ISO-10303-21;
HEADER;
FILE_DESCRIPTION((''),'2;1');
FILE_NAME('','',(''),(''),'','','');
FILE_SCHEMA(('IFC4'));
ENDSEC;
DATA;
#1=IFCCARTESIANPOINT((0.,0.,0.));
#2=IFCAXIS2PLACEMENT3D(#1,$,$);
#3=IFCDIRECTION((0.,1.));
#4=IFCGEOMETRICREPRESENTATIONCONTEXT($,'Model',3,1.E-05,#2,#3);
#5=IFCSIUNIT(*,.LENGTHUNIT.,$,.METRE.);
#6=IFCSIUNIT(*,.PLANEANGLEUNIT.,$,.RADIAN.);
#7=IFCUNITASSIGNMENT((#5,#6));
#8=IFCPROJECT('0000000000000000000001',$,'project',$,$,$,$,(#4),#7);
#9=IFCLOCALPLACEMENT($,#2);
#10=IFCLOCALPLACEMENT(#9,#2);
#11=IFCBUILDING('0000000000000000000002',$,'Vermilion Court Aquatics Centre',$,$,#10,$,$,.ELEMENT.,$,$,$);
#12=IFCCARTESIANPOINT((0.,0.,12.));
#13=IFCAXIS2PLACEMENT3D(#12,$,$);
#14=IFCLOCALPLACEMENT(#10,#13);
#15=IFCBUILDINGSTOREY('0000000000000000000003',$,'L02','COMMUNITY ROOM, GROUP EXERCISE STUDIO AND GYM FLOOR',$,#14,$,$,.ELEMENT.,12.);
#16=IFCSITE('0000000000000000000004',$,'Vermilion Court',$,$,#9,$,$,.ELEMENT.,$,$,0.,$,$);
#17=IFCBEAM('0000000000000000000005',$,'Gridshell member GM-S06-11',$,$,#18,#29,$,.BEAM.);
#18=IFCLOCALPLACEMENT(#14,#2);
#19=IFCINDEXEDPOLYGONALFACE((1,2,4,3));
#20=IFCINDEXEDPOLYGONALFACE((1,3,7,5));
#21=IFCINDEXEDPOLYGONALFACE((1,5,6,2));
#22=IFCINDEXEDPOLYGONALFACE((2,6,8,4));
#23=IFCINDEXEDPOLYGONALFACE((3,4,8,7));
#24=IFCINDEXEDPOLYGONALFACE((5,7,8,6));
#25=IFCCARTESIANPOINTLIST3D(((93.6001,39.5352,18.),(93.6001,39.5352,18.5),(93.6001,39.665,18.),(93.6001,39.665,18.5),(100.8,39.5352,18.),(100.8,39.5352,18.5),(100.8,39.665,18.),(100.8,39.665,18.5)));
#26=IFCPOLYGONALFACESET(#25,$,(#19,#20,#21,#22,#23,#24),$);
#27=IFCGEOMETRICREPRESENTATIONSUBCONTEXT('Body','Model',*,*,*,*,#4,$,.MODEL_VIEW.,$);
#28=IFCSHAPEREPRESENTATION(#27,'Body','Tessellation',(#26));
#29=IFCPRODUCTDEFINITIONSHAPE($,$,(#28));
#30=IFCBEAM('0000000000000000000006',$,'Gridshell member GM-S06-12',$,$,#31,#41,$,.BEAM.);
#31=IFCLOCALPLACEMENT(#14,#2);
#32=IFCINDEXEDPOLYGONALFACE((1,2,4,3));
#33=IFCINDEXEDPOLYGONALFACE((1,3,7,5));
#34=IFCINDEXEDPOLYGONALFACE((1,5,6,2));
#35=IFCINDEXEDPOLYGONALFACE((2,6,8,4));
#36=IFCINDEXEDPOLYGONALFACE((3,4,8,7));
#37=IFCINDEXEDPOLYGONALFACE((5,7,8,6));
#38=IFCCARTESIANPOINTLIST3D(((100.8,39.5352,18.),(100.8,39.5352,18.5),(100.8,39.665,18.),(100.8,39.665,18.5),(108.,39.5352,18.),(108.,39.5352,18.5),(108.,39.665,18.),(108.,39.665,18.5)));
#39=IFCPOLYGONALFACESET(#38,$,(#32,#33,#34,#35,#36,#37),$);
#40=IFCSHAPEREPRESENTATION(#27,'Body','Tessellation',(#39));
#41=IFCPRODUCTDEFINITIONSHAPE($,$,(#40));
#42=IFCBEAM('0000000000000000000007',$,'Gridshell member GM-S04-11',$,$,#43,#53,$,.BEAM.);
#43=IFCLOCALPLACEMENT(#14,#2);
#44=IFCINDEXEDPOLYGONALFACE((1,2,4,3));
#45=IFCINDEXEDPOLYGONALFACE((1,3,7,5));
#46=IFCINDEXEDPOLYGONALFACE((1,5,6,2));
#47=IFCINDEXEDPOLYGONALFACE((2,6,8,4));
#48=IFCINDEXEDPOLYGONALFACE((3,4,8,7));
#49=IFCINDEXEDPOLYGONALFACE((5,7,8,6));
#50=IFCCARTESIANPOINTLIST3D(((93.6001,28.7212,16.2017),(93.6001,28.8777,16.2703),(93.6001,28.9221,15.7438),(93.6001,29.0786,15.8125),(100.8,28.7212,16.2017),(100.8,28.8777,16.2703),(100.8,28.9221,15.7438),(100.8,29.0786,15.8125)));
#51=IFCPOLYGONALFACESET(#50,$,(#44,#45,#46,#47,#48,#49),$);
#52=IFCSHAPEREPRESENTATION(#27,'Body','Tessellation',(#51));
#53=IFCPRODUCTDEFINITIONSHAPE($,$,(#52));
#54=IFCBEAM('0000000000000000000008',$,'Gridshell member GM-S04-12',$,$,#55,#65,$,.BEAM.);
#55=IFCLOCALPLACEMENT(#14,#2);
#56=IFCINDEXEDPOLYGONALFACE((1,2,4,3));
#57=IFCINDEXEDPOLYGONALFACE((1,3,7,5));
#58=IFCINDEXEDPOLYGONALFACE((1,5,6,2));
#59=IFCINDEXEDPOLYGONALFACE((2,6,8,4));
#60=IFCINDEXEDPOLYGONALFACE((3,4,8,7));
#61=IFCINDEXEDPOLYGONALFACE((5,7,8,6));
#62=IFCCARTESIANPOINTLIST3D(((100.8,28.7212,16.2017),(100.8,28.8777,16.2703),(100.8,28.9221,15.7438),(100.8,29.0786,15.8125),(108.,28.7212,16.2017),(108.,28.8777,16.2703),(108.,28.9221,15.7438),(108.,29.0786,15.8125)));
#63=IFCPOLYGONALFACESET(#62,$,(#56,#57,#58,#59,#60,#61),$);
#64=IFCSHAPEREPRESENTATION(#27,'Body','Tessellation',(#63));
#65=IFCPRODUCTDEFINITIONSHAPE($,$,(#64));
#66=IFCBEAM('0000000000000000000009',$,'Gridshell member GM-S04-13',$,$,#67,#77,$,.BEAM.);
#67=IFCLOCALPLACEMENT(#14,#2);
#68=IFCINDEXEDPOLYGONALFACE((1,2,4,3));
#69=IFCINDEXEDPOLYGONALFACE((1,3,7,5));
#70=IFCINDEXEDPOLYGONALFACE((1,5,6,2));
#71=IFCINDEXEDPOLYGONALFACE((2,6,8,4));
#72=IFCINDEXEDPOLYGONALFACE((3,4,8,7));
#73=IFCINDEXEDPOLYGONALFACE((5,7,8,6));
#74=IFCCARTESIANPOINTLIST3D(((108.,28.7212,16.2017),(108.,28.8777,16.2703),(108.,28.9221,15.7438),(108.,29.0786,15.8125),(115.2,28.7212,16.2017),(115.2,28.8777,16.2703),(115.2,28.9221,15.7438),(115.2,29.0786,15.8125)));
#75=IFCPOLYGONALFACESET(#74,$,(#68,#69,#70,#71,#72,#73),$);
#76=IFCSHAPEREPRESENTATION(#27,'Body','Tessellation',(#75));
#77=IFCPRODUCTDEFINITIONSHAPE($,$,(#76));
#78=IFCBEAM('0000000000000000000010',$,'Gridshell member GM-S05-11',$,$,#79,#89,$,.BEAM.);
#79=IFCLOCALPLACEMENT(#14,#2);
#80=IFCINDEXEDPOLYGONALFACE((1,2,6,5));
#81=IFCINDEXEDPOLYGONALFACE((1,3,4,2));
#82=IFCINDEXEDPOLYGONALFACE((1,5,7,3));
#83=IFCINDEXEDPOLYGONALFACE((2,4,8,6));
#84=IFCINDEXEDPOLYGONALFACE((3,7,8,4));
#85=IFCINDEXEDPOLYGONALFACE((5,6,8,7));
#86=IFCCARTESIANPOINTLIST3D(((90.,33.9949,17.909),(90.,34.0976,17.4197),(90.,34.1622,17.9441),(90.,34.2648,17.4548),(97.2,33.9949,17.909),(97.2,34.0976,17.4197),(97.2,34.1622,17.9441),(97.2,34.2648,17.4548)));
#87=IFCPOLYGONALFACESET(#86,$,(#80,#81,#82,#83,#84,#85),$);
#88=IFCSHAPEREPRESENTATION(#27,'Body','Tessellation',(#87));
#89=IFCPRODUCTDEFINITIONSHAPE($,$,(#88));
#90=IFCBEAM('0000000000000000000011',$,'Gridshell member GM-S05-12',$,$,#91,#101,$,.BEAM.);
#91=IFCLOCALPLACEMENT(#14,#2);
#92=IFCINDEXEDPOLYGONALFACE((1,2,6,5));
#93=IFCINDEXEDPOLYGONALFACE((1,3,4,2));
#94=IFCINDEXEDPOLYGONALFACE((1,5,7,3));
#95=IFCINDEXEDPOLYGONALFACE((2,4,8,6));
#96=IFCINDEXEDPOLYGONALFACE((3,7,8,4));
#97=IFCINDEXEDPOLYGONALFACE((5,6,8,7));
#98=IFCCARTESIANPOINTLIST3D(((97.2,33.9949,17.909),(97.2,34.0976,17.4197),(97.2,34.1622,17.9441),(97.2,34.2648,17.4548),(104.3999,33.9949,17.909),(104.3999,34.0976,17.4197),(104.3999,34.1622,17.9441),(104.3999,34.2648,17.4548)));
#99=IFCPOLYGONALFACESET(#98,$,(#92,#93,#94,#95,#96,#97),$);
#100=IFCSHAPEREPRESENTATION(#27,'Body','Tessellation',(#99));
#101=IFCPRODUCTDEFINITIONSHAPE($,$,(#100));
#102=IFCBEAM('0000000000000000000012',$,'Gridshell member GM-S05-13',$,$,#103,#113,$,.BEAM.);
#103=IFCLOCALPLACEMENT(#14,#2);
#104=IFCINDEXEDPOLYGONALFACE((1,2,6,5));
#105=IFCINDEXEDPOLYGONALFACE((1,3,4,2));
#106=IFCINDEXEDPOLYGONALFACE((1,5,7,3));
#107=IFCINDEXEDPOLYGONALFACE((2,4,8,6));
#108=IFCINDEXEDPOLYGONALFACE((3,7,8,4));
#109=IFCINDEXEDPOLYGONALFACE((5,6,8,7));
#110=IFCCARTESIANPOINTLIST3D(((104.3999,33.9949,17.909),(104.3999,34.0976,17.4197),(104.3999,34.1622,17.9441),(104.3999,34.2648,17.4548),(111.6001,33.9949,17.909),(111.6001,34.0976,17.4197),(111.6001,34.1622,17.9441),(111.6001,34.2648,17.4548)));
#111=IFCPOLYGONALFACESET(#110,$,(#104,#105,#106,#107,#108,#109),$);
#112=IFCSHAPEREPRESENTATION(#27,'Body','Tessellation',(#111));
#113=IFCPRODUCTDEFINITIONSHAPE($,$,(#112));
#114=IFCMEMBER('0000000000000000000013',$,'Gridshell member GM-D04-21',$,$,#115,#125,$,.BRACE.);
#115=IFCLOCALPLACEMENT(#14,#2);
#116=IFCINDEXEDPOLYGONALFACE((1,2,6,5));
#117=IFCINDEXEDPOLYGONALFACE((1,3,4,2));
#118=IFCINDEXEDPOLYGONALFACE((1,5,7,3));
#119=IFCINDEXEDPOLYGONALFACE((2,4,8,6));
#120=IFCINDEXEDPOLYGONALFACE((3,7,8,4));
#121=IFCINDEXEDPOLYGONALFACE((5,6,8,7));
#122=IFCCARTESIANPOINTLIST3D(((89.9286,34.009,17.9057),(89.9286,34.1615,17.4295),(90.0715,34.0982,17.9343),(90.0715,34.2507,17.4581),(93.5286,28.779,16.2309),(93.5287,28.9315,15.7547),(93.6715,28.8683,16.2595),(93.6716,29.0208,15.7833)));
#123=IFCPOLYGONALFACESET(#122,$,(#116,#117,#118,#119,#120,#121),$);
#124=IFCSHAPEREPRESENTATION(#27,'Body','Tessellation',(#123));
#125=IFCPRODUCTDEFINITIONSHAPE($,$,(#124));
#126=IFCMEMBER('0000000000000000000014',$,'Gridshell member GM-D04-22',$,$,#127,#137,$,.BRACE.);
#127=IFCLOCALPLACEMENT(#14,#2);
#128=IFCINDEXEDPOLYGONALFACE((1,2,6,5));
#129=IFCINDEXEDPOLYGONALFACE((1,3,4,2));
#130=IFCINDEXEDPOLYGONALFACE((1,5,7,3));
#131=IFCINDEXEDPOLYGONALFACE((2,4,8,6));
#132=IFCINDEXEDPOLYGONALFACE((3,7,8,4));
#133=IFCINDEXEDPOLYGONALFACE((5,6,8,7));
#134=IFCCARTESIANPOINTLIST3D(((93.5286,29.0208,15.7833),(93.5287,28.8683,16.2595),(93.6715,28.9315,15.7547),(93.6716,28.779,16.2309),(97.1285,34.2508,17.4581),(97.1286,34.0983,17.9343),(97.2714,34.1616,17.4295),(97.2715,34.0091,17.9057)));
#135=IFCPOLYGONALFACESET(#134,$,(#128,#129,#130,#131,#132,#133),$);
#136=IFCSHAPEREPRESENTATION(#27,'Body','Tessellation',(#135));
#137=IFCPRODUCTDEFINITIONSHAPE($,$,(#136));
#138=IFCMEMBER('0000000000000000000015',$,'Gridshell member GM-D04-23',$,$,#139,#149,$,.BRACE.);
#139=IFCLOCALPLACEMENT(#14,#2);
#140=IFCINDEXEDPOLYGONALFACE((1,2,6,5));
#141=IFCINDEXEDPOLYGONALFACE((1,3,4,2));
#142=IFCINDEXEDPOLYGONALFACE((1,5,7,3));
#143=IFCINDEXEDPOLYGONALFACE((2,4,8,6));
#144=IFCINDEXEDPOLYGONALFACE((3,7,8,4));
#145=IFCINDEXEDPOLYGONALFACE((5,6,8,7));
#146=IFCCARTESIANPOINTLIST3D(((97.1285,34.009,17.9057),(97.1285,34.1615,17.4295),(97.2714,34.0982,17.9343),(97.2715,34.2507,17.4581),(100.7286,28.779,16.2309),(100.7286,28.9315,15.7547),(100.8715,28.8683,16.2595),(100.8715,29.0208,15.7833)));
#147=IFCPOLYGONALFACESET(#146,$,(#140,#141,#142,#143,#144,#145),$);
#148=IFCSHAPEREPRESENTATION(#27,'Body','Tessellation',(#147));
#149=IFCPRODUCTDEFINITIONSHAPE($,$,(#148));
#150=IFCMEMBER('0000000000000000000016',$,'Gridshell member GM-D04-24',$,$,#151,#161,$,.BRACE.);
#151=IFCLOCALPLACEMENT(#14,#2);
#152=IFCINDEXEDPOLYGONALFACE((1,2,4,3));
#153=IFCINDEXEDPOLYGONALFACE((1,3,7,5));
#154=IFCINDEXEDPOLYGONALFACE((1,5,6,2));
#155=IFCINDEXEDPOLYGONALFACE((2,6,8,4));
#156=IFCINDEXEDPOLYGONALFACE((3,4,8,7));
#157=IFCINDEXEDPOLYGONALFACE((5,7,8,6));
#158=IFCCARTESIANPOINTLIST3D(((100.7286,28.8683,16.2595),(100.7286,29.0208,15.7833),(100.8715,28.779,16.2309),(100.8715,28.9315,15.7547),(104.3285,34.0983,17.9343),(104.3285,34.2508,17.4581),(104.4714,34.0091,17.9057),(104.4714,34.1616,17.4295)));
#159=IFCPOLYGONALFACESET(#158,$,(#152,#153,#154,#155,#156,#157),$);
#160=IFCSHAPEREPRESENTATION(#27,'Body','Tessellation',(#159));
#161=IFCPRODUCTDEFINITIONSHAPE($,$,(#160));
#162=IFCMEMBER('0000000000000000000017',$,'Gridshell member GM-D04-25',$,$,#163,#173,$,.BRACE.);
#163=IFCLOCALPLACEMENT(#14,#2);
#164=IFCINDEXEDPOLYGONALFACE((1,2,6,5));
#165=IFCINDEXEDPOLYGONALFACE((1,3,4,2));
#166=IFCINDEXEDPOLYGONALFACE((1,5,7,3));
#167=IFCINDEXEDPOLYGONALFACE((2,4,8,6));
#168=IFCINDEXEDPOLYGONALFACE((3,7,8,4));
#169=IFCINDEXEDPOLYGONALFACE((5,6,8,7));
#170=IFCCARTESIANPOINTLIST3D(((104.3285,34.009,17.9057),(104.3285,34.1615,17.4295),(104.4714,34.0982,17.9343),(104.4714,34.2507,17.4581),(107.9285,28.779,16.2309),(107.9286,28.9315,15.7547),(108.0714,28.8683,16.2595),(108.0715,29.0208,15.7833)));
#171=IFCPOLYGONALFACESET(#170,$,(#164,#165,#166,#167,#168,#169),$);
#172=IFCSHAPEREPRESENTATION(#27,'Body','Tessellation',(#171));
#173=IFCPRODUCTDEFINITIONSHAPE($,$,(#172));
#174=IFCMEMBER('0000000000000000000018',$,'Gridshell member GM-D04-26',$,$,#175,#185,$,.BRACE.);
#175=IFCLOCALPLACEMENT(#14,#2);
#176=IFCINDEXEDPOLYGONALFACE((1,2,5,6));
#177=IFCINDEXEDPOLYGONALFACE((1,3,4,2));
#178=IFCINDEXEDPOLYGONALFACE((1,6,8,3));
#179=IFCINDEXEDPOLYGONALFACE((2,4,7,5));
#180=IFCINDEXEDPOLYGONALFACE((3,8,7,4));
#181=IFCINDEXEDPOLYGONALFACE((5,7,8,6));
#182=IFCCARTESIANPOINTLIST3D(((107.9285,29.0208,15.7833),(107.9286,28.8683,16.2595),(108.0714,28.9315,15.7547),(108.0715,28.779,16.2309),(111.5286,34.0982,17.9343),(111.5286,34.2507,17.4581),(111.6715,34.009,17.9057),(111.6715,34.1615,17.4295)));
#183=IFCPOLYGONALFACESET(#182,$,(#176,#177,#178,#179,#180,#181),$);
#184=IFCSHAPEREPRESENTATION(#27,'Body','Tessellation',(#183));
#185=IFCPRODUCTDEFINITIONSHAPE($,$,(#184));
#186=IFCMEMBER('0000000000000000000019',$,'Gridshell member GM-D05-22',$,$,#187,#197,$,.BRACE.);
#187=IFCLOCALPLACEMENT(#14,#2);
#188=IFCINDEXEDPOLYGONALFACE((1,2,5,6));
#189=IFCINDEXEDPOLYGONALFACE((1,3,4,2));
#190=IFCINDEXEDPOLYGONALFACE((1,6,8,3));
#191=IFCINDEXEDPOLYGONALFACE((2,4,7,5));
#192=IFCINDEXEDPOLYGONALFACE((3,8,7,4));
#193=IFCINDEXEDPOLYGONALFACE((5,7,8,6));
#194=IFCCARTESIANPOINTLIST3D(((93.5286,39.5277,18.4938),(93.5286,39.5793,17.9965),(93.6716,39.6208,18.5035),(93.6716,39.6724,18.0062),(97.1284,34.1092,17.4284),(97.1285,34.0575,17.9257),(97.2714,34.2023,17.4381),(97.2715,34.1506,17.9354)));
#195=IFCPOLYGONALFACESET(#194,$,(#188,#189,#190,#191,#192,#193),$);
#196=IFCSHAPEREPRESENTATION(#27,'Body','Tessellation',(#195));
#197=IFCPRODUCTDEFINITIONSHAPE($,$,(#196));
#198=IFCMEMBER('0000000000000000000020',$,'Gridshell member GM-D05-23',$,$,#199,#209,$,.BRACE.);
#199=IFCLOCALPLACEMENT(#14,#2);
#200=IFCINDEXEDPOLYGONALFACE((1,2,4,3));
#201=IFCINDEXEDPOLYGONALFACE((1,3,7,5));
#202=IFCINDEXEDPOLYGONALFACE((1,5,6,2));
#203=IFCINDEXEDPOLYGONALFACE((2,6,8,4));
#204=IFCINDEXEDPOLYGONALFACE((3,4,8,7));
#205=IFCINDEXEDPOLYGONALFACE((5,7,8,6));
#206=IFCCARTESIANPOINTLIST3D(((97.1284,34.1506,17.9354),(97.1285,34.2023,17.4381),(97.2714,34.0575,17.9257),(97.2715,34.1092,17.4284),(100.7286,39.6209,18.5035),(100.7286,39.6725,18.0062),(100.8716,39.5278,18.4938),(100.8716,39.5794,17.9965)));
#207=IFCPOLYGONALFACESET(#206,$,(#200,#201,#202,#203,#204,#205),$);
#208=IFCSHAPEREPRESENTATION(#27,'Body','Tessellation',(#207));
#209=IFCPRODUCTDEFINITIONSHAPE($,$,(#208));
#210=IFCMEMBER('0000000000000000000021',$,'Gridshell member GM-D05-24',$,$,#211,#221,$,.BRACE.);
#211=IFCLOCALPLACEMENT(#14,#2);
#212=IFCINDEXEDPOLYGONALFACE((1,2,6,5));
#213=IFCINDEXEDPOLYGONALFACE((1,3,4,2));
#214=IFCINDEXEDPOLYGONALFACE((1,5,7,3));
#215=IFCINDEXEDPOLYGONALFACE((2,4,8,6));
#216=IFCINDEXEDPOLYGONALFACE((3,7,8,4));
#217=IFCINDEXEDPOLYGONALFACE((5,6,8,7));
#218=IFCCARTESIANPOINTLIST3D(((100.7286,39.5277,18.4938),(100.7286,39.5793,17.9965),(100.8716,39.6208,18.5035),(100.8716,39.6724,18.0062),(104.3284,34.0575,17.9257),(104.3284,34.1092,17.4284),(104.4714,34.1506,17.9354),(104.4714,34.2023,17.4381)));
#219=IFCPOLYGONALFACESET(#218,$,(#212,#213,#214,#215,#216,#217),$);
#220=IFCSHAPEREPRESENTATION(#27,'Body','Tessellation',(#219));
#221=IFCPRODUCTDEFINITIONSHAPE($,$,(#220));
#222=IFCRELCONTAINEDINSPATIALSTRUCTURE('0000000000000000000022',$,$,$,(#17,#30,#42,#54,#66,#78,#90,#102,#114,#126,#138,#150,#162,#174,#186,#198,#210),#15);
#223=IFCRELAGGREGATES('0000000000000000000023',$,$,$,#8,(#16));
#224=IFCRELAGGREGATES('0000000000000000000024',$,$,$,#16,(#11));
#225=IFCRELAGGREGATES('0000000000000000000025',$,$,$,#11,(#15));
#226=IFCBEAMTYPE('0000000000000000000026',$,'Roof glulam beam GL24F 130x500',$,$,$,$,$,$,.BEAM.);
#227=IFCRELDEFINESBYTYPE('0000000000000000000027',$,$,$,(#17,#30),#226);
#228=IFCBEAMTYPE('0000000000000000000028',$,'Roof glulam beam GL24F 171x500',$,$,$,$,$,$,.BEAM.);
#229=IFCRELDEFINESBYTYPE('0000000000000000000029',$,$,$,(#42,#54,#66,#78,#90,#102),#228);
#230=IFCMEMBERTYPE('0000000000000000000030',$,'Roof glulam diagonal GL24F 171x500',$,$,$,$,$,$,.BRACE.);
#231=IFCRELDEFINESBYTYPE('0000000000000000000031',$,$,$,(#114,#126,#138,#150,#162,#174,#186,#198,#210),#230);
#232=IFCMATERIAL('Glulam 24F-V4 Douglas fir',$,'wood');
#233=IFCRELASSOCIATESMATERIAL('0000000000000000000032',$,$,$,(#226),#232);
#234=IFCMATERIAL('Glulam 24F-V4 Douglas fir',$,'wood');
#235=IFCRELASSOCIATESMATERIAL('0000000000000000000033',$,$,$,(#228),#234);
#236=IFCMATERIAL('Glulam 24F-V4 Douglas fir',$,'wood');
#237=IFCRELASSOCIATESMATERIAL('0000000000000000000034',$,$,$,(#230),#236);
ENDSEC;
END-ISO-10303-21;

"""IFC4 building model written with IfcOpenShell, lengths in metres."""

from ifc_helpers import new_model, si_unit, direction, frame, origin, origin_2d, place, context, subcontext, project, spatial, rectangle, extrude, material, material_profile, profile_set, type_object, element, save


model = new_model("IFC4")

# Units and contexts
model_context = context("Model", 3, precision=1e-05, world=origin(), true_north=direction((0.0, 1.0)))
body_context = subcontext(model_context, "Body", "Model", "MODEL_VIEW")
ifc_project = project(units=[si_unit("LENGTHUNIT", "METRE"), si_unit("PLANEANGLEUNIT", "RADIAN")], contexts=[model_context])

# Site, building, storey
site_placement = place(None, origin())
site = spatial("IfcSite", under=ifc_project, at=site_placement, Name="Vermilion Court", CompositionType="ELEMENT", RefElevation=0.0)
building_placement = place(site_placement, origin())
building = spatial("IfcBuilding", under=site, at=building_placement, Name="Vermilion Court Aquatics Centre", CompositionType="ELEMENT")
storey_placement = place(building_placement, frame((0.0, 0.0, 12.0)))
storey = spatial("IfcBuildingStorey", under=building, at=storey_placement, Name="L02", Description="COMMUNITY ROOM, GROUP EXERCISE STUDIO AND GYM FLOOR", CompositionType="ELEMENT", Elevation=12.0)

# Beams
ifc_material_1 = material(Name="Glulam 24F-V4 Douglas fir", Category="wood")
ifc_material_profile_1 = material_profile(ifc_material_1, rectangle(XDim=0.1299, YDim=0.5, at=origin_2d()), Name="GL24F 130x500")
ifc_profile_set_1 = profile_set([ifc_material_profile_1], Name="Glulam 24F-V4 Douglas fir")
beam_type_1 = type_object("IfcBeamType", Name="Roof glulam beam GL24F 130x500", PredefinedType="BEAM", material=ifc_profile_set_1)
for number, where, z_axis, x_axis, name in (
    (1, (93.6001, 39.6001, 18.25), (1.0, 0.0, 0.0), (0.0, 1.0, 0.0), "Gridshell member GM-S06-11"),
    (2, (100.8, 39.6001, 18.25), (1.0, 0.0, 0.0), (0.0, 1.0, 0.0), "Gridshell member GM-S06-12"),
):
    element("IfcBeam", number, at=place(storey_placement, frame(where, z_axis=z_axis, x_axis=x_axis)), inside=storey, type_object=beam_type_1, Name=name, PredefinedType="BEAM", context=body_context, shape_type="SweptSolid", body=[
        extrude(rectangle(XDim=0.1299, YDim=0.5, at=origin_2d()), origin(), (0.0, 0.0, 1.0), 7.2),
    ])
ifc_material_2 = material(Name="Glulam 24F-V4 Douglas fir", Category="wood")
ifc_material_profile_2 = material_profile(ifc_material_2, rectangle(XDim=0.1709, YDim=0.5, at=origin_2d()), Name="GL24F 171x500")
ifc_profile_set_2 = profile_set([ifc_material_profile_2], Name="Glulam 24F-V4 Douglas fir")
beam_type_2 = type_object("IfcBeamType", Name="Roof glulam beam GL24F 171x500", PredefinedType="BEAM", material=ifc_profile_set_2)
for number, where, z_axis, x_axis, name in (
    (3, (93.6001, 28.8999, 16.0071), (1.0, 0.0, 0.0), (0.0, 0.915794, 0.401648), "Gridshell member GM-S04-11"),
    (4, (100.8, 28.8999, 16.0071), (1.0, 0.0, 0.0), (0.0, 0.915794, 0.401648), "Gridshell member GM-S04-12"),
    (5, (108.0, 28.8999, 16.0071), (1.0, 0.0, 0.0), (0.0, 0.915794, 0.401648), "Gridshell member GM-S04-13"),
    (6, (90.0, 34.1299, 17.6819), (1.0, 0.0, 0.0), (0.0, 0.978692, 0.205333), "Gridshell member GM-S05-11"),
    (7, (97.2, 34.1299, 17.6819), (1.0, 0.0, 0.0), (0.0, 0.978692, 0.205333), "Gridshell member GM-S05-12"),
):
    element("IfcBeam", number, at=place(storey_placement, frame(where, z_axis=z_axis, x_axis=x_axis)), inside=storey, type_object=beam_type_2, Name=name, PredefinedType="BEAM", context=body_context, shape_type="SweptSolid", body=[
        extrude(rectangle(XDim=0.1709, YDim=0.5, at=origin_2d()), origin(), (0.0, 0.0, 1.0), 7.2),
    ])
beam_placement = place(storey_placement, frame((104.3999, 34.1299, 17.6819), z_axis=(1.0, 0.0, 0.0), x_axis=(0.0, 0.978692, 0.205333)))
element("IfcBeam", 8, at=beam_placement, inside=storey, type_object=beam_type_2, Name="Gridshell member GM-S05-13", PredefinedType="BEAM", context=body_context, shape_type="SweptSolid", body=[
    extrude(rectangle(XDim=0.1709, YDim=0.5, at=origin_2d()), origin(), (0.0, 0.0, 1.0), 7.2002),
])

# Members
ifc_material_3 = material(Name="Glulam 24F-V4 Douglas fir", Category="wood")
ifc_material_profile_3 = material_profile(ifc_material_3, rectangle(XDim=0.1709, YDim=0.5, at=origin_2d()), Name="GL24F 171x500")
ifc_profile_set_3 = profile_set([ifc_material_profile_3], Name="Glulam 24F-V4 Douglas fir")
member_type = type_object("IfcMemberType", Name="Roof glulam diagonal GL24F 171x500", PredefinedType="BRACE", material=ifc_profile_set_3)
for number, where, z_axis, x_axis, name in (
    (9, (93.6001, 28.8999, 16.0071), (-0.548256, 0.796469, 0.255055), (-0.836311, -0.522113, -0.167278), "Gridshell member GM-D04-21"),
    (10, (93.6001, 28.8999, 16.0071), (0.54823, 0.796485, 0.25506), (-0.836328, 0.522086, 0.167278), "Gridshell member GM-D04-22"),
    (11, (100.8, 28.8999, 16.0071), (-0.548256, 0.796469, 0.255055), (-0.836311, -0.522113, -0.167278), "Gridshell member GM-D04-23"),
    (12, (100.8, 28.8999, 16.0071), (0.54823, 0.796485, 0.25506), (-0.836328, 0.522086, 0.167278), "Gridshell member GM-D04-24"),
    (13, (108.0, 28.8999, 16.0071), (-0.548256, 0.796469, 0.255055), (-0.836311, -0.522113, -0.167278), "Gridshell member GM-D04-25"),
    (14, (108.0, 28.8999, 16.0071), (0.548256, 0.796469, 0.255055), (-0.836311, 0.522113, 0.167278), "Gridshell member GM-D04-26"),
):
    element("IfcMember", number, at=place(storey_placement, frame(where, z_axis=z_axis, x_axis=x_axis)), inside=storey, type_object=member_type, Name=name, PredefinedType="BRACE", context=body_context, shape_type="SweptSolid", body=[
        extrude(rectangle(XDim=0.1709, YDim=0.5, at=origin_2d()), origin(), (0.0, 0.0, 1.0), 6.5664),
    ])
member_1_placement = place(storey_placement, frame((97.2, 34.1299, 17.6819), z_axis=(-0.547669, 0.832219, 0.086431), x_axis=(-0.836695, -0.544743, -0.056532)))
element("IfcMember", 15, at=member_1_placement, inside=storey, type_object=member_type, Name="Gridshell member GM-D05-22", PredefinedType="BRACE", context=body_context, shape_type="SweptSolid", body=[
    extrude(rectangle(XDim=0.1709, YDim=0.5, at=origin_2d()), origin(), (0.0, 0.0, 1.0), 6.573),
])
member_2_placement = place(storey_placement, frame((97.2, 34.1299, 17.6819), z_axis=(0.547695, 0.832202, 0.086429), x_axis=(-0.836678, 0.54477, 0.056532)))
element("IfcMember", 16, at=member_2_placement, inside=storey, type_object=member_type, Name="Gridshell member GM-D05-23", PredefinedType="BRACE", context=body_context, shape_type="SweptSolid", body=[
    extrude(rectangle(XDim=0.1709, YDim=0.5, at=origin_2d()), origin(), (0.0, 0.0, 1.0), 6.5732),
])
member_3_placement = place(storey_placement, frame((104.3999, 34.1299, 17.6819), z_axis=(-0.547669, 0.832219, 0.086431), x_axis=(-0.836695, -0.544743, -0.056532)))
element("IfcMember", 17, at=member_3_placement, inside=storey, type_object=member_type, Name="Gridshell member GM-D05-24", PredefinedType="BRACE", context=body_context, shape_type="SweptSolid", body=[
    extrude(rectangle(XDim=0.1709, YDim=0.5, at=origin_2d()), origin(), (0.0, 0.0, 1.0), 6.573),
])

save(model, "model.ifc")
